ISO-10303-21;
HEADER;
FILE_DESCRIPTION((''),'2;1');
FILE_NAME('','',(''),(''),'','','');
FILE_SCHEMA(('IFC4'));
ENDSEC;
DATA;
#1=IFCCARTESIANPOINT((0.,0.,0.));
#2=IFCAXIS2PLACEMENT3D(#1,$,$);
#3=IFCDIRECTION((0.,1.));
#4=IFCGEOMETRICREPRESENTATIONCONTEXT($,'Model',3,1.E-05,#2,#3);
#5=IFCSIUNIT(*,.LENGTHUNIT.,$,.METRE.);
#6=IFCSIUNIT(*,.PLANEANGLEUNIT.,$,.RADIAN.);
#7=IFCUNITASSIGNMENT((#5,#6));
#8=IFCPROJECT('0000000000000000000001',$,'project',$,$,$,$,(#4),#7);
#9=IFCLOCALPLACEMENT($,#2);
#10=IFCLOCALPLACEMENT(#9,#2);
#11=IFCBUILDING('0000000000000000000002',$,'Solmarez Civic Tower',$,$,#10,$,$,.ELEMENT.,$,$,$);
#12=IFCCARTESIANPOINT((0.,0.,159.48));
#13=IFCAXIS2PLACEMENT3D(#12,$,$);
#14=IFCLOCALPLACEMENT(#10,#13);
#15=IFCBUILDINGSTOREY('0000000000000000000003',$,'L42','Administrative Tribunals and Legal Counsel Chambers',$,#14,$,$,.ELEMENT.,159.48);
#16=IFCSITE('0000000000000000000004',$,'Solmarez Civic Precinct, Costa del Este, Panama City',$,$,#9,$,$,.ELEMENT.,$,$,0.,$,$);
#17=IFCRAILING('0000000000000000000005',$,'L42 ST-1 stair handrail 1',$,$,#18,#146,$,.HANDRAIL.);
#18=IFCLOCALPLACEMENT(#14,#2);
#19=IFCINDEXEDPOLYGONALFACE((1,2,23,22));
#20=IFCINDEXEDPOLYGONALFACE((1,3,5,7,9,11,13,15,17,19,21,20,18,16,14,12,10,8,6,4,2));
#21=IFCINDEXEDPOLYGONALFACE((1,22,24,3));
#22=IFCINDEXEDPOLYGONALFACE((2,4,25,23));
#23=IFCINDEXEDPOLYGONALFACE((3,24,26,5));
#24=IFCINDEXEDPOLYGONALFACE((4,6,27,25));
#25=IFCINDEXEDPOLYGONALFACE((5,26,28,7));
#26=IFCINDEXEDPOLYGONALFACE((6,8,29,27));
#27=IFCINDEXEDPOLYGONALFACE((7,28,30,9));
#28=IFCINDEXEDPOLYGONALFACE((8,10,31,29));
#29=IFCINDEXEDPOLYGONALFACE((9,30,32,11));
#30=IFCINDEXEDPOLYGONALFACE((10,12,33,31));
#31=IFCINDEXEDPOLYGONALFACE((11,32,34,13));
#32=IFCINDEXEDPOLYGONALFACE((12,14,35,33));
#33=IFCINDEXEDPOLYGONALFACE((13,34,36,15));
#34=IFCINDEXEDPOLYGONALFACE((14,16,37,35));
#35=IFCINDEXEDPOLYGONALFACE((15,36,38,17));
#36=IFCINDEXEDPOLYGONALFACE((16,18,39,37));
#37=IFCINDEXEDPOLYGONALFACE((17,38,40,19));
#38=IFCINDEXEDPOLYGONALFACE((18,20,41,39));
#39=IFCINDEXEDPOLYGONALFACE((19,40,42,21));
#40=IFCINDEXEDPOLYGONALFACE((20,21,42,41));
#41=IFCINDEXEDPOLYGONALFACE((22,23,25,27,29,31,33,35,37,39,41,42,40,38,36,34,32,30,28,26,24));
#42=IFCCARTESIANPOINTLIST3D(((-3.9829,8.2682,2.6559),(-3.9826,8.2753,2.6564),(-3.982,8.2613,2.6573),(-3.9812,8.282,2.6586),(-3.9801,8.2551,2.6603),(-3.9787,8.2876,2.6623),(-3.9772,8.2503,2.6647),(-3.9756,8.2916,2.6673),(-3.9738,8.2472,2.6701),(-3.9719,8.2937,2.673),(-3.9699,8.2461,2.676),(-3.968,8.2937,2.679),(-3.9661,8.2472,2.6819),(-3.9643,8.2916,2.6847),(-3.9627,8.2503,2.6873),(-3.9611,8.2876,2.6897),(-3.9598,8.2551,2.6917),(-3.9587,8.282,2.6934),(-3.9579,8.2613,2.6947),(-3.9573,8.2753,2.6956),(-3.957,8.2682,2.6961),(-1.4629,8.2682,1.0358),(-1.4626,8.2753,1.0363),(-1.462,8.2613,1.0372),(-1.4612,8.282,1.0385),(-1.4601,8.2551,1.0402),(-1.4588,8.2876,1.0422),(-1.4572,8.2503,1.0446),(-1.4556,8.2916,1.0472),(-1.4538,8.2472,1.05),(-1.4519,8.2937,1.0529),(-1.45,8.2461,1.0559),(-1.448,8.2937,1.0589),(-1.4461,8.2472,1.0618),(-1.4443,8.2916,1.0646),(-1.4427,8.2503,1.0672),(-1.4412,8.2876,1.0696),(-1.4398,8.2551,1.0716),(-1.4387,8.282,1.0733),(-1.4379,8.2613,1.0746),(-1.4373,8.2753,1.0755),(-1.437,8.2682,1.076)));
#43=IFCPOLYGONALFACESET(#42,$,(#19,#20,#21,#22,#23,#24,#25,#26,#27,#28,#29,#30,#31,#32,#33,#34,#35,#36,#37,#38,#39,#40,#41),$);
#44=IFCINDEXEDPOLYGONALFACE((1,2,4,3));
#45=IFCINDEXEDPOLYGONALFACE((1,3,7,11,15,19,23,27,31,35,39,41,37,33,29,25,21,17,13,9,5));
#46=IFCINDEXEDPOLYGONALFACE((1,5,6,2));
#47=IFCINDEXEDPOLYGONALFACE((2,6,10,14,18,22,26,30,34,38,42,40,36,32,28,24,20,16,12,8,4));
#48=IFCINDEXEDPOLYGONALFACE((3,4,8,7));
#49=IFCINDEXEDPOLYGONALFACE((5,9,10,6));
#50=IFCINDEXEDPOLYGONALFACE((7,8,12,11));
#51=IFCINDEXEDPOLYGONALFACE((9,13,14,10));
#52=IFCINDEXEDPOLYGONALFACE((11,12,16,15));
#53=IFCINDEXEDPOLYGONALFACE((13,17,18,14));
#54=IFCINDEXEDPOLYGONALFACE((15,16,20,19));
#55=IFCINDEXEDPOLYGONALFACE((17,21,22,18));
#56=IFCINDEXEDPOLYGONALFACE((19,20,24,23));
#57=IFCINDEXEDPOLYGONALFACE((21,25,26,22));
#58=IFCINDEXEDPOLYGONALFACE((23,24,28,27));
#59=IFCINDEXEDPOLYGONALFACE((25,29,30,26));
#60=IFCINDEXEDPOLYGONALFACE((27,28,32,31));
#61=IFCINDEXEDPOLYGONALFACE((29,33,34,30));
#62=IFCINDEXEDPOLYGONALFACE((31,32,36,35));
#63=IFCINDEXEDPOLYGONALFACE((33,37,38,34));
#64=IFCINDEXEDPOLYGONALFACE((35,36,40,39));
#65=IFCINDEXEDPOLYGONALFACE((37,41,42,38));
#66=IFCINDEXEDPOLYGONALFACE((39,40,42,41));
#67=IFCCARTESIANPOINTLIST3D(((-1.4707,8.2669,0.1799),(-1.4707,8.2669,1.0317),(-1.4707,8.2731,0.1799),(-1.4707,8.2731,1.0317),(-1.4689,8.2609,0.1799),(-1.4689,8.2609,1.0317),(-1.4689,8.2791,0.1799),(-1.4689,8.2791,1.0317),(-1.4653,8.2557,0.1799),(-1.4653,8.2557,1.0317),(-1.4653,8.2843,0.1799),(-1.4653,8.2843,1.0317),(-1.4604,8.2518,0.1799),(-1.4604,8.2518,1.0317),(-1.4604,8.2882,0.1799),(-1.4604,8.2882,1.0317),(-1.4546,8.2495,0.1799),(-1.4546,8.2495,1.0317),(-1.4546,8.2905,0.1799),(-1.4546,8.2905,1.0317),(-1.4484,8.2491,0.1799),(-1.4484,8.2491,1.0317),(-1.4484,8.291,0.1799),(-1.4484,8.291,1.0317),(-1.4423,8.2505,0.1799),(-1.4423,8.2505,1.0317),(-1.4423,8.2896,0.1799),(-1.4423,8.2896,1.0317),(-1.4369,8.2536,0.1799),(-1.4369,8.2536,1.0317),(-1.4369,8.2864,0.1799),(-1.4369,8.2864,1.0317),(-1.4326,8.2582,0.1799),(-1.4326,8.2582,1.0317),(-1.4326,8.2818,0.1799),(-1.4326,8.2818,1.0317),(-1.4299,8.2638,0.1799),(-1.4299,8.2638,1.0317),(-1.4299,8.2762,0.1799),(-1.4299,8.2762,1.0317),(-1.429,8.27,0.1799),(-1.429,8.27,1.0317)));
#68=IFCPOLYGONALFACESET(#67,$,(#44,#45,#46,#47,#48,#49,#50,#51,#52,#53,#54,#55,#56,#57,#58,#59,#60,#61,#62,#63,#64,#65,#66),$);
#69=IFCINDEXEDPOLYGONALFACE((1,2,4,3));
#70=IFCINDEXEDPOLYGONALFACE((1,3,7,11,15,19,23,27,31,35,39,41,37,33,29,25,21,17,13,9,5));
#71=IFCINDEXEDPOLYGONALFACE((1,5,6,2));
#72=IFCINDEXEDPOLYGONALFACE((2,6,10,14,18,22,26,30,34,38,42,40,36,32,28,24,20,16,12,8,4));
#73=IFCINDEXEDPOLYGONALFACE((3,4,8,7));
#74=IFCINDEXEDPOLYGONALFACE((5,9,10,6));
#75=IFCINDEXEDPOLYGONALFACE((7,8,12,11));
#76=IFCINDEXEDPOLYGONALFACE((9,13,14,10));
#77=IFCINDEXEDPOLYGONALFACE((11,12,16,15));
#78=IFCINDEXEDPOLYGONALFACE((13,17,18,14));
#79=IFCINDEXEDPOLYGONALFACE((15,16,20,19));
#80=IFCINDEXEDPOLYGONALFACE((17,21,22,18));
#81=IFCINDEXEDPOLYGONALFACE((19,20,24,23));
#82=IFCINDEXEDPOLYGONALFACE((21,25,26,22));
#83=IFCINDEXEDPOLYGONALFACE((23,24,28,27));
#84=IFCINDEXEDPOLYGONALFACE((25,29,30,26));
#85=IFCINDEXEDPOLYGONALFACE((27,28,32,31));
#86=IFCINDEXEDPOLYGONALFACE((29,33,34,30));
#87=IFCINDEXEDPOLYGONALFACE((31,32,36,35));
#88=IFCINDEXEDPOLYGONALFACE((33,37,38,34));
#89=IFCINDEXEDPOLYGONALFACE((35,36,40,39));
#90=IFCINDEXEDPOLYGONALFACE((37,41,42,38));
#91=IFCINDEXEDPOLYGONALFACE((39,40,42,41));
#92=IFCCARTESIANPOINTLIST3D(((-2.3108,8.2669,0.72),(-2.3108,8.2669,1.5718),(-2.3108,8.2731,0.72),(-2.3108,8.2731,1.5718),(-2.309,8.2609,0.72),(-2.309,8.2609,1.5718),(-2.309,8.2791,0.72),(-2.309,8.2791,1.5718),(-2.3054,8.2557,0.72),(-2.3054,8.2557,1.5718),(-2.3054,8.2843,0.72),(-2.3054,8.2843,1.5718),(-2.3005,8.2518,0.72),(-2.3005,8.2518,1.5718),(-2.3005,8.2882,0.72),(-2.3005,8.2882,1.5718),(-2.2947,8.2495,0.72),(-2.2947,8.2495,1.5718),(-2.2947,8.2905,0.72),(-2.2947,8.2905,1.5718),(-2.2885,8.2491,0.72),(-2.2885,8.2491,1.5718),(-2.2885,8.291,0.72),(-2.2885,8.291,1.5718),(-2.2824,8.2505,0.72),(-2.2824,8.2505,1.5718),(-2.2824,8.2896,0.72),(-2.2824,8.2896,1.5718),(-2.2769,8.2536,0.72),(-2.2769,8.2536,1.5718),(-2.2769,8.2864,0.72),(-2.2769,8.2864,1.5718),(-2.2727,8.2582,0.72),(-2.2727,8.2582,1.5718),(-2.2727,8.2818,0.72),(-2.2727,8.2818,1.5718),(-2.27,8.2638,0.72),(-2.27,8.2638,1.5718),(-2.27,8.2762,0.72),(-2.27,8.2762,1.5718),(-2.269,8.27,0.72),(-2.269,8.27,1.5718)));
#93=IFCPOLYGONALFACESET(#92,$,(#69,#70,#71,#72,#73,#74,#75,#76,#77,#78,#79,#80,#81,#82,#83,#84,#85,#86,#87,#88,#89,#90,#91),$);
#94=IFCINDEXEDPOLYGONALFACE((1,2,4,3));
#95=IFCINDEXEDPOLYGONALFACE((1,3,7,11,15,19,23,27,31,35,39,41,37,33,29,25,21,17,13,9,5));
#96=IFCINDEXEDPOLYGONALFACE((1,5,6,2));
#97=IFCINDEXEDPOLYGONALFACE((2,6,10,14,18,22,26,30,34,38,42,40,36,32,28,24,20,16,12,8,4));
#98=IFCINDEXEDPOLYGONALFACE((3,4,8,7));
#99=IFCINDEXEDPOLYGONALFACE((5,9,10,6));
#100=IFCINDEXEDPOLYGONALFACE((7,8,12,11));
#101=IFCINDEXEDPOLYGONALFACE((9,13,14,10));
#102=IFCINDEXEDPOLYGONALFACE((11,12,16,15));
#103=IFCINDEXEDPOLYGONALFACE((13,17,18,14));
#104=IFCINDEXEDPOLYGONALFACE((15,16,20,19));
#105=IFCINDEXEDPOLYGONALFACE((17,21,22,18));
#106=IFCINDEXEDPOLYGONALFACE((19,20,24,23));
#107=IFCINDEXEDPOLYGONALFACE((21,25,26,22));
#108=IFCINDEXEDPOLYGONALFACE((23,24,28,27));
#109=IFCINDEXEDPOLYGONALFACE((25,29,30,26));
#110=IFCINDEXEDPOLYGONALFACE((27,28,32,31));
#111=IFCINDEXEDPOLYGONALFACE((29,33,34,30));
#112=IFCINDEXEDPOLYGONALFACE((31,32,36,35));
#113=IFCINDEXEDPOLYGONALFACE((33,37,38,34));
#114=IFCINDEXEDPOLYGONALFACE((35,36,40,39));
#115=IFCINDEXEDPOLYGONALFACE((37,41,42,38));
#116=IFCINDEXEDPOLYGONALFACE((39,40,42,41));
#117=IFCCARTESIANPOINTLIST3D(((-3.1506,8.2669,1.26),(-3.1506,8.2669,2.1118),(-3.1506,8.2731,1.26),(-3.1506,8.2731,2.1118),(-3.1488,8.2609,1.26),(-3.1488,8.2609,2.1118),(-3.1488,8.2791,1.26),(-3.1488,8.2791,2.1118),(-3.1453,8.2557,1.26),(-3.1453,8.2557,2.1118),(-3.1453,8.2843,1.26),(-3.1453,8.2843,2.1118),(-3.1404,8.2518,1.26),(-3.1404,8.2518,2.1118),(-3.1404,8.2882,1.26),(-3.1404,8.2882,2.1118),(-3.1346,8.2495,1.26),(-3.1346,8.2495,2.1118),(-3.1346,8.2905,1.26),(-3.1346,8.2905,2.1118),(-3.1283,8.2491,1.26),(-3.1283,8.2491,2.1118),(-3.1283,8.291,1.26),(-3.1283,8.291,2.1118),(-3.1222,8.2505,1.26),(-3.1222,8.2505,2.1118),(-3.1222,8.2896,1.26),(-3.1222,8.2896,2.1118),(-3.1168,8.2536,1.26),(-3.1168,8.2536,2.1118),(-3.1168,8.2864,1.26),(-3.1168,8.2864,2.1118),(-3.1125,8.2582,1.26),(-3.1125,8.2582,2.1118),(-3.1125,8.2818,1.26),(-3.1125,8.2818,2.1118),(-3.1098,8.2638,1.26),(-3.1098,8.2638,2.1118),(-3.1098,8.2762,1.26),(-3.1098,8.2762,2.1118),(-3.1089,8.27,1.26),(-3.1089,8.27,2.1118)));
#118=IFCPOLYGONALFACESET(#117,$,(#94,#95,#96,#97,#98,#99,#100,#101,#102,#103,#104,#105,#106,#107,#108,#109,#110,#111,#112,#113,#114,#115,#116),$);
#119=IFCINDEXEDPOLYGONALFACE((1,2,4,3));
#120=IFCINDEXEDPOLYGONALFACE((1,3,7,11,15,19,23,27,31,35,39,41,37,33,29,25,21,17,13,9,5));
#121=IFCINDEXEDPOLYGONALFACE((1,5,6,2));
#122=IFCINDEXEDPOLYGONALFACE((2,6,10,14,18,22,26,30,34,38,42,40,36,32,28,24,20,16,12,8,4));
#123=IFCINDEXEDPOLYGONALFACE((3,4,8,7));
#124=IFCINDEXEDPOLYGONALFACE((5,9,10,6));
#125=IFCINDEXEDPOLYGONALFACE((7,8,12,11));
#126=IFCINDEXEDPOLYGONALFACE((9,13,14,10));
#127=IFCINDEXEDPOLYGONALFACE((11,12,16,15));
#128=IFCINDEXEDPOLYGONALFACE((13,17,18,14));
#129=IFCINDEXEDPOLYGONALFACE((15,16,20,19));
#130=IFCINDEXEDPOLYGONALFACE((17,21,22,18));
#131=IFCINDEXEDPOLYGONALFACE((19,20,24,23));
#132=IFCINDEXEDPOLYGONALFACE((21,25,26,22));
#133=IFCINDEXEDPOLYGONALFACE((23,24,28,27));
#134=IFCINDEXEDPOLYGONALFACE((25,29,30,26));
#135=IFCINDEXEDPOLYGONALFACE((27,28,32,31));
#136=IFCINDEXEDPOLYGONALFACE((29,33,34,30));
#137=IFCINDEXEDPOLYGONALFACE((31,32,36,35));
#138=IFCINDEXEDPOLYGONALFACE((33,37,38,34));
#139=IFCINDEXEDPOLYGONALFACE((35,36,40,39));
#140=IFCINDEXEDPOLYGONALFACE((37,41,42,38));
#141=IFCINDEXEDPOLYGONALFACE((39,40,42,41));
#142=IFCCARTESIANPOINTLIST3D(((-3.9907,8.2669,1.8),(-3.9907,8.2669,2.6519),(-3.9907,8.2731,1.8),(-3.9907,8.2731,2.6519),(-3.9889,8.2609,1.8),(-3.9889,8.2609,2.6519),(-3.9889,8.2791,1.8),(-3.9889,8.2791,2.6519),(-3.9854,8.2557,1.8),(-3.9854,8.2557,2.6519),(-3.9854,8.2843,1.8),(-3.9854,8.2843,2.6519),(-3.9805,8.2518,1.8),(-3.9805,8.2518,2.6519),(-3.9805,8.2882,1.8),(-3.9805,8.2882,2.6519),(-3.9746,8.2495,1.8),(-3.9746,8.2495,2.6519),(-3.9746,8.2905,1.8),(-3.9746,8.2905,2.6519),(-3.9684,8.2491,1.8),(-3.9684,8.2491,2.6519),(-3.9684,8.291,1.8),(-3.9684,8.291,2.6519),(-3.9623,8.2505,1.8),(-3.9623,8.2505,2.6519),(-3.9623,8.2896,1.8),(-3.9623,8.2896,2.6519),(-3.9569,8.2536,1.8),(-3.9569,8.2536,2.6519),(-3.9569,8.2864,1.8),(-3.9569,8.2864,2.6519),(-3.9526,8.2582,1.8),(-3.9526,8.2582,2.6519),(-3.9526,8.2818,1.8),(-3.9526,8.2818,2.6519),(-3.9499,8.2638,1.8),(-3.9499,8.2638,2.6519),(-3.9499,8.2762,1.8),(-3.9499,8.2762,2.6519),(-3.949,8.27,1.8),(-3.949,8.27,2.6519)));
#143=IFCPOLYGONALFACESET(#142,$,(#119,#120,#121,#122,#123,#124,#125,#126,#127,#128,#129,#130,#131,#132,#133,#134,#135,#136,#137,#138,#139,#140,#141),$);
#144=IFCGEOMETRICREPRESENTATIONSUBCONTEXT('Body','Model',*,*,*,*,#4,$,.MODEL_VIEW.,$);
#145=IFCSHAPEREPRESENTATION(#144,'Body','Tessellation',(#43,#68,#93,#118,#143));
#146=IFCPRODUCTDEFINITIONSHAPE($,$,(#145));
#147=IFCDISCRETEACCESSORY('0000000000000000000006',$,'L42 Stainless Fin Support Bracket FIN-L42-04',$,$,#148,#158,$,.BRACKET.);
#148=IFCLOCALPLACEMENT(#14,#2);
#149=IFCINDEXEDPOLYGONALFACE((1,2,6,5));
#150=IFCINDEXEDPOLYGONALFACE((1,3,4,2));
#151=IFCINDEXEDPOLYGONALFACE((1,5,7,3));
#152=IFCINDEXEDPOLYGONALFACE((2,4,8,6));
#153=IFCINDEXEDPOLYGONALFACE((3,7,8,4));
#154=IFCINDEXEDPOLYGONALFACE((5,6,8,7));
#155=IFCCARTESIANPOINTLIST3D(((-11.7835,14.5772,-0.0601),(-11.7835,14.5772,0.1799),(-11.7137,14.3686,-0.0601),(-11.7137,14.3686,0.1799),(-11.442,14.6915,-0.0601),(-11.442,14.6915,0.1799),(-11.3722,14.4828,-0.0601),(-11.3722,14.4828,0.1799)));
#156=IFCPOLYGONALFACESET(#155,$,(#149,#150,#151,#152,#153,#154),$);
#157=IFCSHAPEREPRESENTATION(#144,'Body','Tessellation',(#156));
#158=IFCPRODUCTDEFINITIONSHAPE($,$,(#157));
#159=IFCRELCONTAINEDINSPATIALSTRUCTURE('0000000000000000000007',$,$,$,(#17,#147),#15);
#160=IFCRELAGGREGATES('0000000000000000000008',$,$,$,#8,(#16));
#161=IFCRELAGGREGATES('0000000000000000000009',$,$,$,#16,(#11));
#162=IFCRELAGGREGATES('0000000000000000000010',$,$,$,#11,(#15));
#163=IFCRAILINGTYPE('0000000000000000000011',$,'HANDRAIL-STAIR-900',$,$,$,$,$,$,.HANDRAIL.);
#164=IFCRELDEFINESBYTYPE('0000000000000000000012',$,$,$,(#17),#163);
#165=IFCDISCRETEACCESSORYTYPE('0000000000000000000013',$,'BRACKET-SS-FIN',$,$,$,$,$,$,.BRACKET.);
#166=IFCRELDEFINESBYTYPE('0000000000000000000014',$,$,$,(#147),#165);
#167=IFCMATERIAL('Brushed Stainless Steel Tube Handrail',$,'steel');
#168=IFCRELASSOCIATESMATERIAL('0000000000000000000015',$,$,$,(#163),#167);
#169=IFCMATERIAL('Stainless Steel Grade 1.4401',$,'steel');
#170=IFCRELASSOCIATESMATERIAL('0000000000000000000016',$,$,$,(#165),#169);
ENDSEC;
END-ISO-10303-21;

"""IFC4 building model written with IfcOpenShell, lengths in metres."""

from ifc_helpers import new_model, si_unit, direction, frame, origin, origin_2d, place, context, subcontext, project, spatial, rectangle, circle, extrude, material, type_object, element, save


model = new_model("IFC4")

# Units and contexts
model_context = context("Model", 3, precision=1e-05, world=origin(), true_north=direction((0.0, 1.0)))
body_context = subcontext(model_context, "Body", "Model", "MODEL_VIEW")
ifc_project = project(units=[si_unit("LENGTHUNIT", "METRE"), si_unit("PLANEANGLEUNIT", "RADIAN")], contexts=[model_context])

# Site, building, storey
site_placement = place(None, origin())
site = spatial("IfcSite", under=ifc_project, at=site_placement, Name="Solmarez Civic Precinct, Costa del Este, Panama City", CompositionType="ELEMENT", RefElevation=0.0)
building_placement = place(site_placement, origin())
building = spatial("IfcBuilding", under=site, at=building_placement, Name="Solmarez Civic Tower", CompositionType="ELEMENT")
storey_placement = place(building_placement, frame((0.0, 0.0, 159.48)))
storey = spatial("IfcBuildingStorey", under=building, at=storey_placement, Name="L42", Description="Administrative Tribunals and Legal Counsel Chambers", CompositionType="ELEMENT", Elevation=159.48)

# Railing
ifc_material_1 = material(Name="Brushed Stainless Steel Tube Handrail", Category="steel")
railing_type = type_object("IfcRailingType", Name="HANDRAIL-STAIR-900", PredefinedType="HANDRAIL", material=ifc_material_1)
railing_placement = place(storey_placement, frame((-1.45, 8.27, 0.1799)))
element("IfcRailing", 1, at=railing_placement, inside=storey, type_object=railing_type, Name="L42 ST-1 stair handrail 1", PredefinedType="HANDRAIL", context=body_context, shape_type="SweptSolid", body=[
    extrude(circle(Radius=0.0239, at=origin_2d()), frame((0.0, 0.0, 0.876), z_axis=(-0.841163, 0.0, 0.540782), x_axis=(0.0, -1.0, 0.0)), (0.0, 0.0, 1.0), 2.9958),
    extrude(circle(Radius=0.021, at=origin_2d()), origin(), (0.0, 0.0, 1.0), 0.8518),
    extrude(circle(Radius=0.021, at=origin_2d()), frame((-0.8401, 0.0, 0.54)), (0.0, 0.0, 1.0), 0.8518),
    extrude(circle(Radius=0.021, at=origin_2d()), frame((-1.6799, 0.0, 1.0801)), (0.0, 0.0, 1.0), 0.8518),
    extrude(circle(Radius=0.021, at=origin_2d()), frame((-2.52, 0.0, 1.6201)), (0.0, 0.0, 1.0), 0.8518),
])

# Discrete accessory
ifc_material_2 = material(Name="Stainless Steel Grade 1.4401", Category="steel")
discrete_accessory_type = type_object("IfcDiscreteAccessoryType", Name="BRACKET-SS-FIN", PredefinedType="BRACKET", material=ifc_material_2)
discrete_accessory_placement = place(storey_placement, frame((-11.5779, 14.53, -0.0601), z_axis=(0.0, 0.0, 1.0), x_axis=(-0.948351, -0.317222, 0.0)))
element("IfcDiscreteAccessory", 2, at=discrete_accessory_placement, inside=storey, type_object=discrete_accessory_type, Name="L42 Stainless Fin Support Bracket FIN-L42-04", PredefinedType="BRACKET", context=body_context, shape_type="SweptSolid", body=[
    extrude(rectangle(XDim=0.3601, YDim=0.22, at=origin_2d()), origin(), (0.0, 0.0, 1.0), 0.24),
])

save(model, "model.ifc")
